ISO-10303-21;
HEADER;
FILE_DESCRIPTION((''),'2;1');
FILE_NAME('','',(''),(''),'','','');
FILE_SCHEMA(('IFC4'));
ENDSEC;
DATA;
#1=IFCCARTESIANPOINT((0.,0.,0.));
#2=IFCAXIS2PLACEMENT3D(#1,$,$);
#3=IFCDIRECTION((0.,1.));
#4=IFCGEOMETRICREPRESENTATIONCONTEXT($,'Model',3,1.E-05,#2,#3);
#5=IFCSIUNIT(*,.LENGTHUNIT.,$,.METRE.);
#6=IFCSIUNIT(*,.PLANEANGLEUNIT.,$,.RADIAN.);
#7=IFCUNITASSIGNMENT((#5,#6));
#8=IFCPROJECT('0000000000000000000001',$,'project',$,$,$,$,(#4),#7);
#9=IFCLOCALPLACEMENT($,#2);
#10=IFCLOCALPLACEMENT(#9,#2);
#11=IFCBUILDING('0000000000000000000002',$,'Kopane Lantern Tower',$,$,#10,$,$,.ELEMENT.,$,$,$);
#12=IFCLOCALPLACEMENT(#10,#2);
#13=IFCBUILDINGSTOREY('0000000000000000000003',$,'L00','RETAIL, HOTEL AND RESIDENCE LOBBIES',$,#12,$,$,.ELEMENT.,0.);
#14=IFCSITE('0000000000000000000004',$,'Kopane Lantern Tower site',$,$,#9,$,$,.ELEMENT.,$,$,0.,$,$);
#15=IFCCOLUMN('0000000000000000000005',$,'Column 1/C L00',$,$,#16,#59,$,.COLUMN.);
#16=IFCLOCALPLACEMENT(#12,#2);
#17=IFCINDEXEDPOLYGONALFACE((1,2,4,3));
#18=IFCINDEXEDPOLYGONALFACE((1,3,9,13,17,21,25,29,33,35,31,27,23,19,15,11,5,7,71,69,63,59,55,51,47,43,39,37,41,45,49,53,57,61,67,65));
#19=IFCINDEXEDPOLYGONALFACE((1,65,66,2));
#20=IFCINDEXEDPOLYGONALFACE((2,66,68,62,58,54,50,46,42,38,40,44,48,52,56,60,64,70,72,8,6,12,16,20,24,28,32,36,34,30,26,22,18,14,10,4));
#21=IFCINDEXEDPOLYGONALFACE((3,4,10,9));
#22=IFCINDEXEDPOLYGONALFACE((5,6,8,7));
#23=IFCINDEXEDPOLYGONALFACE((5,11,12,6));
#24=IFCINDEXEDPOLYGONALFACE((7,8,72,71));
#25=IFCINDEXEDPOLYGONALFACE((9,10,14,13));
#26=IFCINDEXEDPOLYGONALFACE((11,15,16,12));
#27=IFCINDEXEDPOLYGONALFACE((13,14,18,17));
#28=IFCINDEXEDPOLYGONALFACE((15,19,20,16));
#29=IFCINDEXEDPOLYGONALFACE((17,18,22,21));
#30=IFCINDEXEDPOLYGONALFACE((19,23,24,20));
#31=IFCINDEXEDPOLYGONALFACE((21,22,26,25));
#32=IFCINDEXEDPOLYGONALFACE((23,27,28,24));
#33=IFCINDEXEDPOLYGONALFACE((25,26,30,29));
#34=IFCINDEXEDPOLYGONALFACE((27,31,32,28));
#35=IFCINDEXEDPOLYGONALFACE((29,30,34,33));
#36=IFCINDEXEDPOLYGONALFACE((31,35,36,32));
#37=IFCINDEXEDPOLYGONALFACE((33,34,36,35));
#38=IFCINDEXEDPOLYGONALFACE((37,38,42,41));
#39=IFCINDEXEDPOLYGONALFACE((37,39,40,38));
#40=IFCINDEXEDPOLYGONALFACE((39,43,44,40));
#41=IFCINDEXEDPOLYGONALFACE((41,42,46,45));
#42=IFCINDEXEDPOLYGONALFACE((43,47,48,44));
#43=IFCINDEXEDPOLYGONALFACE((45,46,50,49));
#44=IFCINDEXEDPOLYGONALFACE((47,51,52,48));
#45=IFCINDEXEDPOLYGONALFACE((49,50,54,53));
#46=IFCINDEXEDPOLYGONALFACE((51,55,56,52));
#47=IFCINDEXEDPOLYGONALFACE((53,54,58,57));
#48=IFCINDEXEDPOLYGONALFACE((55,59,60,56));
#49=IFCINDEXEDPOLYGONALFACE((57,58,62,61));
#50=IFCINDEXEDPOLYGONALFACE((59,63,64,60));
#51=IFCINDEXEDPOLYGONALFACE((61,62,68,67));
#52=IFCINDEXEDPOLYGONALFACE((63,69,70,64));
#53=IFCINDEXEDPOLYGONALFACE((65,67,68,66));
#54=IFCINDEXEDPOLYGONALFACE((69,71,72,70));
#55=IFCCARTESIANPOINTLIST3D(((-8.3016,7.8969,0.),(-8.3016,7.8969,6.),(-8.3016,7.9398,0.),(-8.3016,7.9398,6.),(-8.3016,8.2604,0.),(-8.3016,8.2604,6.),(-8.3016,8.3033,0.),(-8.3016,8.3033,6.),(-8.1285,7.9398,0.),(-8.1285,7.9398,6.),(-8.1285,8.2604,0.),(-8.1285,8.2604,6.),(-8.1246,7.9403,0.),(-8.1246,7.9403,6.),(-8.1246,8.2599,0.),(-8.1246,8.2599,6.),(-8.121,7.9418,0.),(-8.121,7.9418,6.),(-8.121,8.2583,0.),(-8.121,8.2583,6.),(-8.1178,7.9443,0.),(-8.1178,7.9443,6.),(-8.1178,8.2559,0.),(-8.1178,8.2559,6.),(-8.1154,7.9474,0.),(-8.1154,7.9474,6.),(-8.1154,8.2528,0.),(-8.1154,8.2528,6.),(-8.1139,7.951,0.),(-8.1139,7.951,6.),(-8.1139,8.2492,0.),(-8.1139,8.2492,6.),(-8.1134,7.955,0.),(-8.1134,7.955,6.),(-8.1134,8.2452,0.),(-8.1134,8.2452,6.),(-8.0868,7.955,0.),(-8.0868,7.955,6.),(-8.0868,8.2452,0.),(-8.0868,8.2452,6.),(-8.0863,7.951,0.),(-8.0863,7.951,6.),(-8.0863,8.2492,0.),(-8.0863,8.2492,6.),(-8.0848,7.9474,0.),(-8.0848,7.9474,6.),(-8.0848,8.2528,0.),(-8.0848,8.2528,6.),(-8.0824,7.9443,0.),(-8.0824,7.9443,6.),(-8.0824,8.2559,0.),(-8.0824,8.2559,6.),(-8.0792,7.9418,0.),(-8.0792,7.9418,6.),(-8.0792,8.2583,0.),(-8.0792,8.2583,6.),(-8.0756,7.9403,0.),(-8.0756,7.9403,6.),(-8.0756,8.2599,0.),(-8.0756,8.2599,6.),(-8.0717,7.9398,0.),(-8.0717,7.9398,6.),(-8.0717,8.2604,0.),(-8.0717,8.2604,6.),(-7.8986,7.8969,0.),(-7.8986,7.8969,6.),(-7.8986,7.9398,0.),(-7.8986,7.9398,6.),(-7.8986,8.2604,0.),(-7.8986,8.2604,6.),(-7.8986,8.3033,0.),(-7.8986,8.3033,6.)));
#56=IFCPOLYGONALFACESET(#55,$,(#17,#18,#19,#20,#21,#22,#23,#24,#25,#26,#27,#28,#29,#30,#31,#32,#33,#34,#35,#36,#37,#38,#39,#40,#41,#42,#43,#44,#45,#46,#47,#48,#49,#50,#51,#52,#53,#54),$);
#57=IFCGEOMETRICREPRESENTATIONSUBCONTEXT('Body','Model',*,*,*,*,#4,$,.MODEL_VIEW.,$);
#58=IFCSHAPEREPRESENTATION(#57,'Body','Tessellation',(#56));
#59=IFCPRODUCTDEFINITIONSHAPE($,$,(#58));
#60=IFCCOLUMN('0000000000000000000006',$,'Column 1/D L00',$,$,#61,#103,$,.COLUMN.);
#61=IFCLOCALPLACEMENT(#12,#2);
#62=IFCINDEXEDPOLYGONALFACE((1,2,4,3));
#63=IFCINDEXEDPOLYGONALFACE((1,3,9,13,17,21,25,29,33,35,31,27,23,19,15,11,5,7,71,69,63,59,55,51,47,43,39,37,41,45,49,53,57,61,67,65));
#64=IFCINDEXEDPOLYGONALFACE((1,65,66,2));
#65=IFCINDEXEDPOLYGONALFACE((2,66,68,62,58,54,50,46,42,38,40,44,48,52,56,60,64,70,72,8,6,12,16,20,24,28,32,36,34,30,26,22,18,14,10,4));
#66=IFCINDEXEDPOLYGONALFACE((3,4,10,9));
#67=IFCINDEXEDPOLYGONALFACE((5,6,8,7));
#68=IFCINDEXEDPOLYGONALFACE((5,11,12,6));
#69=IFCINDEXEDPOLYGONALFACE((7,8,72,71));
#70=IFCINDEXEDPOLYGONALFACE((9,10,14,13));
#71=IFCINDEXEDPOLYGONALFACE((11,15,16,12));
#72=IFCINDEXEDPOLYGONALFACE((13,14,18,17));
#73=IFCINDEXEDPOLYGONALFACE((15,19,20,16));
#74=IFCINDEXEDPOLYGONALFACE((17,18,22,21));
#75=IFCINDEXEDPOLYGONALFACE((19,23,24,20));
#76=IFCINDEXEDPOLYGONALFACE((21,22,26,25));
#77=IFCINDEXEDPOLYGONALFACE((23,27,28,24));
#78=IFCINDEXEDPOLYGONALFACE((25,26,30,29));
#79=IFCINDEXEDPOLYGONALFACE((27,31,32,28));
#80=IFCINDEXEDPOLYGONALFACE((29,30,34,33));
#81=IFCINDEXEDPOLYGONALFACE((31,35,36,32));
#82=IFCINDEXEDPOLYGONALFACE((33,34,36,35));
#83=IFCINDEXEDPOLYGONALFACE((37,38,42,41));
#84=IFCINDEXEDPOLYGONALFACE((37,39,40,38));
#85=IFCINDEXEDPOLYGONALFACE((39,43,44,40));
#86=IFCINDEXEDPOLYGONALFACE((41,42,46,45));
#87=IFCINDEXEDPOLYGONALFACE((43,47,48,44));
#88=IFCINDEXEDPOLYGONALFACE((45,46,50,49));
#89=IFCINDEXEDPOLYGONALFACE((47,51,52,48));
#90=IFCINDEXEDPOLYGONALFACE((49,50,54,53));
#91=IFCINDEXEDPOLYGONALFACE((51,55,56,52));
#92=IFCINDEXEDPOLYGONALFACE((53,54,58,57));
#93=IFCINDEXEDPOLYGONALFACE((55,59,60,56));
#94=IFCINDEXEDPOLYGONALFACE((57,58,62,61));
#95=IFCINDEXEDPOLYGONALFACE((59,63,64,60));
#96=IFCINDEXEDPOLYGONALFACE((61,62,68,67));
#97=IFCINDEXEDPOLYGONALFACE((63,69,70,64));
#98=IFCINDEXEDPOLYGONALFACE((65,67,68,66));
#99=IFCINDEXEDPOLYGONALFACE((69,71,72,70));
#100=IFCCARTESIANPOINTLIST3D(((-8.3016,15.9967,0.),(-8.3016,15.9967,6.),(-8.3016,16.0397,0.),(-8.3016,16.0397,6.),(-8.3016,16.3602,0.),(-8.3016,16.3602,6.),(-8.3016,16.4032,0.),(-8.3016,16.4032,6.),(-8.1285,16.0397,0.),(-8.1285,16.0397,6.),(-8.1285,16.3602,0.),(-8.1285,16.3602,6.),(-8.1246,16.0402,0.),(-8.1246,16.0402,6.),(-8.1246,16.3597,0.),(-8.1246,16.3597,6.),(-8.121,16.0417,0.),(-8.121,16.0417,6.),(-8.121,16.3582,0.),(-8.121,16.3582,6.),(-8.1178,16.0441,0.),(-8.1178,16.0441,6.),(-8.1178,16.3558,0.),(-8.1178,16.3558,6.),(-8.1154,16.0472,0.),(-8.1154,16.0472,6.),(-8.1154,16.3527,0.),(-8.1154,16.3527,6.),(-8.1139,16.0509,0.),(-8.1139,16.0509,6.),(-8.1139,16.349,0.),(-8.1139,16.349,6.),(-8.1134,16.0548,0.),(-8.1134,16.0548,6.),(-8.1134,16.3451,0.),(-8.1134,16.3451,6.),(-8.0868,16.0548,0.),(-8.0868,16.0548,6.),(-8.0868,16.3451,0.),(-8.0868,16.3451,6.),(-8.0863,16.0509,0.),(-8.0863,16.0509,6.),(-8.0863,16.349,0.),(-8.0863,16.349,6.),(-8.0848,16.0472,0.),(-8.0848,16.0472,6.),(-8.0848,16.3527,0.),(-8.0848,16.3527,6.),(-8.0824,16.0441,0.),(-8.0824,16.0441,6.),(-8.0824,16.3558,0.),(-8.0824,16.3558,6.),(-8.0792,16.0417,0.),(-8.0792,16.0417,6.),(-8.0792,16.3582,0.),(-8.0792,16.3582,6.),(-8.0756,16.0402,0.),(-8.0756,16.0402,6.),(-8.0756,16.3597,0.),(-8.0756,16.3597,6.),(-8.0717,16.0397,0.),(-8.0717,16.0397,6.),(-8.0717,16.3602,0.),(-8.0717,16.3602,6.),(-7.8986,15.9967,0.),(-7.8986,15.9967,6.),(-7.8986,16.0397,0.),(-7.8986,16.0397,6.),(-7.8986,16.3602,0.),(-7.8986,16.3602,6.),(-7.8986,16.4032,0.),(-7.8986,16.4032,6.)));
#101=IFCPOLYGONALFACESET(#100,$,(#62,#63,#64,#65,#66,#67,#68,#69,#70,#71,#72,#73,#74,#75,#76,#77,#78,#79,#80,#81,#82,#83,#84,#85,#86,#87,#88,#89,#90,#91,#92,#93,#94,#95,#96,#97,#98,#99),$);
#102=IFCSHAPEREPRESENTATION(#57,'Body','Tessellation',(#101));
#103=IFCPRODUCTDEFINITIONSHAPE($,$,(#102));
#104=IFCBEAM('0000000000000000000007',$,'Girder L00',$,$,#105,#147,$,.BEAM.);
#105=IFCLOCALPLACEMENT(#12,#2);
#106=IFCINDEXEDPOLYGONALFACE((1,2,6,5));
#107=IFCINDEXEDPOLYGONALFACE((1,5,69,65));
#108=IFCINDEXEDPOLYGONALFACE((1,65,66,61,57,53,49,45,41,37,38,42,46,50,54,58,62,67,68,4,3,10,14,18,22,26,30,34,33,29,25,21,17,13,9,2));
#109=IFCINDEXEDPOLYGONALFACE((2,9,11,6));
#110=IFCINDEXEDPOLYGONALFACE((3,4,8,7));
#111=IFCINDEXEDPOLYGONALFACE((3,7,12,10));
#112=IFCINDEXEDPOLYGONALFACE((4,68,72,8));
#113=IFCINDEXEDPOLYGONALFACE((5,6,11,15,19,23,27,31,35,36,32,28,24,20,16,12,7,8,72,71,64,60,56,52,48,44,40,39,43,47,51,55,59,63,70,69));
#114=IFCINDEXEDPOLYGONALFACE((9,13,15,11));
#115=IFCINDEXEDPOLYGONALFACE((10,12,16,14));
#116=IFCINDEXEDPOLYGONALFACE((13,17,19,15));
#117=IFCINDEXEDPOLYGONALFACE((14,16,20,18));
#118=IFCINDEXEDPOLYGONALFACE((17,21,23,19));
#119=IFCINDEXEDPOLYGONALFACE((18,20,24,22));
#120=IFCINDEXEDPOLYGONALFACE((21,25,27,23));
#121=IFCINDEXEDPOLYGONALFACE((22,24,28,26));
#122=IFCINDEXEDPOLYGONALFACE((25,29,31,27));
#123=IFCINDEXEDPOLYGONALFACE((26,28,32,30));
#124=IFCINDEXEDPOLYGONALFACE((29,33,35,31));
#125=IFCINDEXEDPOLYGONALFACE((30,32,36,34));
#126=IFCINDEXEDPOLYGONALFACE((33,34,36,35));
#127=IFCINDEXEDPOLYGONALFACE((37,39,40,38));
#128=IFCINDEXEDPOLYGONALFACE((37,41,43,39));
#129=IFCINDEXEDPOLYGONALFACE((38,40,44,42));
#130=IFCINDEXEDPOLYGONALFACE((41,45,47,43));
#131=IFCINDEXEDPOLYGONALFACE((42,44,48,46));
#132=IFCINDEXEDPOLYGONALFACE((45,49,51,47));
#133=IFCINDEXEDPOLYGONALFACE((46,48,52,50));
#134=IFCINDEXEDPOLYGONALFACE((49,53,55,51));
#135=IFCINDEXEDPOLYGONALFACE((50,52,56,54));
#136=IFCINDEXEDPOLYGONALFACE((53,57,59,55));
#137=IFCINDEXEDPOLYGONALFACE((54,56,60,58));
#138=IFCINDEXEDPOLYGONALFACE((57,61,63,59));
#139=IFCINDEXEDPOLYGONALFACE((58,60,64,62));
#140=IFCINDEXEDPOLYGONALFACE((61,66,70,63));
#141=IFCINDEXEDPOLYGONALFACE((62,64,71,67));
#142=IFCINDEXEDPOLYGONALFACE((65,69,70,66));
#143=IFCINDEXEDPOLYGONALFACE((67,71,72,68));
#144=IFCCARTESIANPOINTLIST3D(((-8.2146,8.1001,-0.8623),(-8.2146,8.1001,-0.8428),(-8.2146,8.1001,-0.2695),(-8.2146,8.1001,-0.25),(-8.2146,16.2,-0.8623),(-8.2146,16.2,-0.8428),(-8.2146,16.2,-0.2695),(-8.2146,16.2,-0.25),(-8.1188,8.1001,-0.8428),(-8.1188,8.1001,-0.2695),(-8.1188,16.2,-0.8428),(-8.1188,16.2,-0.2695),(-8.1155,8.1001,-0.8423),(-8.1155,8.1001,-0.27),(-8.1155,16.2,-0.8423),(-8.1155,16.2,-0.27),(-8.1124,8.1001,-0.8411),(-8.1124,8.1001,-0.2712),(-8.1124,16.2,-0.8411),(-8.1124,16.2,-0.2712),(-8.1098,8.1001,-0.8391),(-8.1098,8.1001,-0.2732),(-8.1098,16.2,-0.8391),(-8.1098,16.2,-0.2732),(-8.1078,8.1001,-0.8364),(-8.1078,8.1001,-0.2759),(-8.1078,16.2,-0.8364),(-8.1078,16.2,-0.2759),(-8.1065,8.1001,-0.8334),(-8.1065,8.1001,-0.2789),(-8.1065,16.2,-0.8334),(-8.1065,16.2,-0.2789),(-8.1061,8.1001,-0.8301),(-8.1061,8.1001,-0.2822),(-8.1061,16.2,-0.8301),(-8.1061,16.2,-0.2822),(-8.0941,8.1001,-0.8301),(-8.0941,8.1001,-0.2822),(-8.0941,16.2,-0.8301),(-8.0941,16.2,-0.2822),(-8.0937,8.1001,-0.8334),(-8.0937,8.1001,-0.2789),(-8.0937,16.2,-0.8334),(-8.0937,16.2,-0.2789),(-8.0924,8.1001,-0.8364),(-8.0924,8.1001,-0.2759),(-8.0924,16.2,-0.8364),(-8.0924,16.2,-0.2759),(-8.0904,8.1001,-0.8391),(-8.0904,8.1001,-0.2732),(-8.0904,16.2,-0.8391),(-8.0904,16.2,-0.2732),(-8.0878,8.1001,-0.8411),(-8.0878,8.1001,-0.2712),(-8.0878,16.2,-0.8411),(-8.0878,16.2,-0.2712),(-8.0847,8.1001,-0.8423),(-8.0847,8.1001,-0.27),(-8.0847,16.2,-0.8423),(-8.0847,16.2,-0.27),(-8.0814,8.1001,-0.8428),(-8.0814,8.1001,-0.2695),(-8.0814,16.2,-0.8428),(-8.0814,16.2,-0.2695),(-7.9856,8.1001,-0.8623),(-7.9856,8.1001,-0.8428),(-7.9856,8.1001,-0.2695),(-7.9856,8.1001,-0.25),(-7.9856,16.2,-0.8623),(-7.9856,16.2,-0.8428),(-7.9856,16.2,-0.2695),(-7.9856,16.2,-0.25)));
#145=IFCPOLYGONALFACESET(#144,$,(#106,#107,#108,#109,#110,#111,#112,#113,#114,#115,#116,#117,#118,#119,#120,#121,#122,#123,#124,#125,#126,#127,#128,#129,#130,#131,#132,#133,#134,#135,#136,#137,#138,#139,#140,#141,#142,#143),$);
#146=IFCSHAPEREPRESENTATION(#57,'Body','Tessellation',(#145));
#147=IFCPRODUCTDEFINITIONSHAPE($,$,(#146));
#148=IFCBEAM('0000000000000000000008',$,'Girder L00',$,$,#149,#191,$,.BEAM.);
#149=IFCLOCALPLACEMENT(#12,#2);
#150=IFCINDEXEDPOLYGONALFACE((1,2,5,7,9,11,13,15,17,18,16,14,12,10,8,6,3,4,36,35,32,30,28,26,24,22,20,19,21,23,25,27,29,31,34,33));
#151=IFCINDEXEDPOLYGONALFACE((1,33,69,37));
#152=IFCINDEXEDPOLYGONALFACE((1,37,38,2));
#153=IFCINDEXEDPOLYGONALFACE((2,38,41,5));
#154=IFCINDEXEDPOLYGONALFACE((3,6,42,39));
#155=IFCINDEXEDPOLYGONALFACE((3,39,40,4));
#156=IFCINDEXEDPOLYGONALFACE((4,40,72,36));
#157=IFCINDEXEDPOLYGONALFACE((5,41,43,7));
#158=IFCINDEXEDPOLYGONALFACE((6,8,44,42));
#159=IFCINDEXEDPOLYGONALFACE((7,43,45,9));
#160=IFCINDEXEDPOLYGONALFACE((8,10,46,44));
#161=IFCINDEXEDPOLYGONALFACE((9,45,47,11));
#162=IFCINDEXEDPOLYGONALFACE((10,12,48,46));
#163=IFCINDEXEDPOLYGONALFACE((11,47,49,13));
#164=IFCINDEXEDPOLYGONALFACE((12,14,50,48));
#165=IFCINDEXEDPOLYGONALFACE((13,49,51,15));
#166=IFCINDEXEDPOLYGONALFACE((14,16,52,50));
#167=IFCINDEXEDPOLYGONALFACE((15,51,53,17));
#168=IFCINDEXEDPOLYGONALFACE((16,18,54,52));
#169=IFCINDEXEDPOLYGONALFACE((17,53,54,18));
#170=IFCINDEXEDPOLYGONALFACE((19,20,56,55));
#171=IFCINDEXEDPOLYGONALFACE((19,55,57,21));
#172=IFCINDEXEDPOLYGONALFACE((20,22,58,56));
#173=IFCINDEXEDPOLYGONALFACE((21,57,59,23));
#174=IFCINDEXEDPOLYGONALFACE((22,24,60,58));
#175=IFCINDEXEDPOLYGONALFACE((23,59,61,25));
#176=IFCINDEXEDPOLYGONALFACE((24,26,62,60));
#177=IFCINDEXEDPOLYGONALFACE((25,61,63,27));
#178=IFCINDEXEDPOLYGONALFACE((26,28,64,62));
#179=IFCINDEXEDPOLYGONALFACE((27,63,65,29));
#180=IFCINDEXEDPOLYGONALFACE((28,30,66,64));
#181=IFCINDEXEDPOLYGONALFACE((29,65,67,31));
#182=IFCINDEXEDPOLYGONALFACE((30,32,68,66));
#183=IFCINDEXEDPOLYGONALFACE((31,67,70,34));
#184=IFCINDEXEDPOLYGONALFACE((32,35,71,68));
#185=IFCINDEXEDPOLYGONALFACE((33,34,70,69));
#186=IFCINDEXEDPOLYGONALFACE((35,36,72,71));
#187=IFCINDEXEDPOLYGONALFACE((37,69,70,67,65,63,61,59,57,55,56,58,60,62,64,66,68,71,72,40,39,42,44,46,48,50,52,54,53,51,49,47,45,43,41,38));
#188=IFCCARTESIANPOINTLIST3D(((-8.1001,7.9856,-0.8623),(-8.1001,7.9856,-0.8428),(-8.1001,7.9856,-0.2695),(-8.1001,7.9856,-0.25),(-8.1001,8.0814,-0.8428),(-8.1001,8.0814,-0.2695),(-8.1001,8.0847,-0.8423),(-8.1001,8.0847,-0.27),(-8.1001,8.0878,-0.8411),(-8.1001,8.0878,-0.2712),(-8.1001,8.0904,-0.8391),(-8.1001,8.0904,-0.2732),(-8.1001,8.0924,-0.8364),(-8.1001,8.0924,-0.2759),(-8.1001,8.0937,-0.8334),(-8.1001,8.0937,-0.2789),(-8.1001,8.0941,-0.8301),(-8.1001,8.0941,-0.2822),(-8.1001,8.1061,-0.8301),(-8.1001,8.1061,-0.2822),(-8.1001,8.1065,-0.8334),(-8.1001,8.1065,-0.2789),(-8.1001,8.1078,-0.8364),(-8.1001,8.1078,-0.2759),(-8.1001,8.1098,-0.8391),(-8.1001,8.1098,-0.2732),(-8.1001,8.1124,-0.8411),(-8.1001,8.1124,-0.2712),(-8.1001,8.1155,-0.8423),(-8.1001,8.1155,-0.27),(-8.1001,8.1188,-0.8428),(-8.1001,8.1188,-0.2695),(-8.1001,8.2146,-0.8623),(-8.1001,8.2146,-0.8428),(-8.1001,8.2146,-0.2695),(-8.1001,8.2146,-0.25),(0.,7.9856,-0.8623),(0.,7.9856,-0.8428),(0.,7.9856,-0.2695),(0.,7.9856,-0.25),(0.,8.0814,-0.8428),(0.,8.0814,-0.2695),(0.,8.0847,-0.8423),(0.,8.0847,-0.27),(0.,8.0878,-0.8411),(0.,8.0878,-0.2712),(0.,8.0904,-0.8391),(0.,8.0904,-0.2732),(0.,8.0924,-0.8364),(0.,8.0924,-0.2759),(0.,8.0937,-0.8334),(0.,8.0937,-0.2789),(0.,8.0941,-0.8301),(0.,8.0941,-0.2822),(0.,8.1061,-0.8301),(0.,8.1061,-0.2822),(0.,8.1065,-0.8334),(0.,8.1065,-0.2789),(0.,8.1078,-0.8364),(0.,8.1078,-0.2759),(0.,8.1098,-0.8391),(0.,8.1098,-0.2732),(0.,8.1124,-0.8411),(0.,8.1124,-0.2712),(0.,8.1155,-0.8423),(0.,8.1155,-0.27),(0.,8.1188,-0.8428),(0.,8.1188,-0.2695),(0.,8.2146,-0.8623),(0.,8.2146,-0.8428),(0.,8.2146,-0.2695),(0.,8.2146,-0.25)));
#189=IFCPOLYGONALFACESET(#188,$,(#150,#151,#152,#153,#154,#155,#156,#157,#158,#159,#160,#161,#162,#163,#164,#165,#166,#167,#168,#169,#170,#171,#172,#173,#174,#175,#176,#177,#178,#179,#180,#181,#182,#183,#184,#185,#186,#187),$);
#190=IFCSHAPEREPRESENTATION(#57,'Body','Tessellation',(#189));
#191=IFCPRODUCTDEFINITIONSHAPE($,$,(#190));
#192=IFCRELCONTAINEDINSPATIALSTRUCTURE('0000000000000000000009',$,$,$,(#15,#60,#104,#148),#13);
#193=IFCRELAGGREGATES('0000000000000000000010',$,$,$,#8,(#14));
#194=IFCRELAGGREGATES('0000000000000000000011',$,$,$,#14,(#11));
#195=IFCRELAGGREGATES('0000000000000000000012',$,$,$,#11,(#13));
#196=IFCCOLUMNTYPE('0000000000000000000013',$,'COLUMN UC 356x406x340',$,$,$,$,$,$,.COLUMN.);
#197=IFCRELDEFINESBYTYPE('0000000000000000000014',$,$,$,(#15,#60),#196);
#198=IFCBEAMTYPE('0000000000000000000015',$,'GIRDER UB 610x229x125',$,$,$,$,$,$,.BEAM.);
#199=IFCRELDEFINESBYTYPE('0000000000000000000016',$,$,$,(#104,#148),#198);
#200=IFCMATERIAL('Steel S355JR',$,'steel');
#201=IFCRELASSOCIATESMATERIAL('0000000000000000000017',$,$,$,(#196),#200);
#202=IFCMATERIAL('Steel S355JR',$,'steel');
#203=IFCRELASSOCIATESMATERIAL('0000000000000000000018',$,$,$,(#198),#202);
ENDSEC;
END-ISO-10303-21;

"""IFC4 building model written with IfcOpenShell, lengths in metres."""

from ifc_helpers import new_model, si_unit, direction, frame, origin, origin_2d, place, context, subcontext, project, spatial, i_section, extrude, material, material_profile, profile_set, type_object, element, save


model = new_model("IFC4")

# Units and contexts
model_context = context("Model", 3, precision=1e-05, world=origin(), true_north=direction((0.0, 1.0)))
body_context = subcontext(model_context, "Body", "Model", "MODEL_VIEW")
ifc_project = project(units=[si_unit("LENGTHUNIT", "METRE"), si_unit("PLANEANGLEUNIT", "RADIAN")], contexts=[model_context])

# Site, building, storey
site_placement = place(None, origin())
site = spatial("IfcSite", under=ifc_project, at=site_placement, Name="Kopane Lantern Tower site", CompositionType="ELEMENT", RefElevation=0.0)
building_placement = place(site_placement, origin())
building = spatial("IfcBuilding", under=site, at=building_placement, Name="Kopane Lantern Tower", CompositionType="ELEMENT")
storey_placement = place(building_placement, origin())
storey = spatial("IfcBuildingStorey", under=building, at=storey_placement, Name="L00", Description="RETAIL, HOTEL AND RESIDENCE LOBBIES", CompositionType="ELEMENT", Elevation=0.0)

# Columns
ifc_material_1 = material(Name="Steel S355JR", Category="steel")
ifc_material_profile_1 = material_profile(ifc_material_1, i_section(OverallWidth=0.4031, OverallDepth=0.4065, WebThickness=0.0266, FlangeThickness=0.043, FilletRadius=0.0151, at=origin_2d()), Name="UC 356x406x340")
ifc_profile_set_1 = profile_set([ifc_material_profile_1], Name="Steel S355JR")
column_type = type_object("IfcColumnType", Name="COLUMN UC 356x406x340", PredefinedType="COLUMN", material=ifc_profile_set_1)
for number, where, z_axis, x_axis, name in (
    (1, (-8.1001, 8.1001, 0.0), (0.0, 0.0, 1.0), (1.0, 0.0, 0.0), "Column 1/C L00"),
    (2, (-8.1001, 16.2, 0.0), (0.0, 0.0, 1.0), (1.0, 0.0, 0.0), "Column 1/D L00"),
):
    element("IfcColumn", number, at=place(storey_placement, frame(where, z_axis=z_axis, x_axis=x_axis)), inside=storey, type_object=column_type, Name=name, PredefinedType="COLUMN", context=body_context, shape_type="SweptSolid", body=[
        extrude(i_section(OverallWidth=0.4031, OverallDepth=0.4065, WebThickness=0.0266, FlangeThickness=0.043, FilletRadius=0.0151, at=origin_2d()), origin(), (0.0, 0.0, 1.0), 6.0),
    ])

# Beams
ifc_material_2 = material(Name="Steel S355JR", Category="steel")
ifc_material_profile_2 = material_profile(ifc_material_2, i_section(OverallWidth=0.229, OverallDepth=0.6123, WebThickness=0.012, FlangeThickness=0.0195, FilletRadius=0.0127, at=origin_2d()), Name="UB 610x229x125")
ifc_profile_set_2 = profile_set([ifc_material_profile_2], Name="Steel S355JR")
beam_type = type_object("IfcBeamType", Name="GIRDER UB 610x229x125", PredefinedType="BEAM", material=ifc_profile_set_2)
beam_placement = place(storey_placement, frame((-8.1001, 8.1001, -0.5562), z_axis=(0.0, 1.0, 0.0), x_axis=(-1.0, 0.0, 0.0)))
element("IfcBeam", 3, at=beam_placement, inside=storey, type_object=beam_type, Name="Girder L00", PredefinedType="BEAM", context=body_context, shape_type="SweptSolid", body=[
    extrude(i_section(OverallWidth=0.229, OverallDepth=0.6123, WebThickness=0.012, FlangeThickness=0.0195, FilletRadius=0.0127, at=origin_2d()), origin(), (0.0, 0.0, 1.0), 8.0999),
])
for number, where, z_axis, x_axis, name in (
    (4, (-8.1001, 8.1001, -0.5562), (1.0, 0.0, 0.0), (0.0, 1.0, 0.0), "Girder L00"),
):
    element("IfcBeam", number, at=place(storey_placement, frame(where, z_axis=z_axis, x_axis=x_axis)), inside=storey, type_object=beam_type, Name=name, PredefinedType="BEAM", context=body_context, shape_type="SweptSolid", body=[
        extrude(i_section(OverallWidth=0.229, OverallDepth=0.6123, WebThickness=0.012, FlangeThickness=0.0195, FilletRadius=0.0127, at=origin_2d()), origin(), (0.0, 0.0, 1.0), 8.1001),
    ])

save(model, "model.ifc")
